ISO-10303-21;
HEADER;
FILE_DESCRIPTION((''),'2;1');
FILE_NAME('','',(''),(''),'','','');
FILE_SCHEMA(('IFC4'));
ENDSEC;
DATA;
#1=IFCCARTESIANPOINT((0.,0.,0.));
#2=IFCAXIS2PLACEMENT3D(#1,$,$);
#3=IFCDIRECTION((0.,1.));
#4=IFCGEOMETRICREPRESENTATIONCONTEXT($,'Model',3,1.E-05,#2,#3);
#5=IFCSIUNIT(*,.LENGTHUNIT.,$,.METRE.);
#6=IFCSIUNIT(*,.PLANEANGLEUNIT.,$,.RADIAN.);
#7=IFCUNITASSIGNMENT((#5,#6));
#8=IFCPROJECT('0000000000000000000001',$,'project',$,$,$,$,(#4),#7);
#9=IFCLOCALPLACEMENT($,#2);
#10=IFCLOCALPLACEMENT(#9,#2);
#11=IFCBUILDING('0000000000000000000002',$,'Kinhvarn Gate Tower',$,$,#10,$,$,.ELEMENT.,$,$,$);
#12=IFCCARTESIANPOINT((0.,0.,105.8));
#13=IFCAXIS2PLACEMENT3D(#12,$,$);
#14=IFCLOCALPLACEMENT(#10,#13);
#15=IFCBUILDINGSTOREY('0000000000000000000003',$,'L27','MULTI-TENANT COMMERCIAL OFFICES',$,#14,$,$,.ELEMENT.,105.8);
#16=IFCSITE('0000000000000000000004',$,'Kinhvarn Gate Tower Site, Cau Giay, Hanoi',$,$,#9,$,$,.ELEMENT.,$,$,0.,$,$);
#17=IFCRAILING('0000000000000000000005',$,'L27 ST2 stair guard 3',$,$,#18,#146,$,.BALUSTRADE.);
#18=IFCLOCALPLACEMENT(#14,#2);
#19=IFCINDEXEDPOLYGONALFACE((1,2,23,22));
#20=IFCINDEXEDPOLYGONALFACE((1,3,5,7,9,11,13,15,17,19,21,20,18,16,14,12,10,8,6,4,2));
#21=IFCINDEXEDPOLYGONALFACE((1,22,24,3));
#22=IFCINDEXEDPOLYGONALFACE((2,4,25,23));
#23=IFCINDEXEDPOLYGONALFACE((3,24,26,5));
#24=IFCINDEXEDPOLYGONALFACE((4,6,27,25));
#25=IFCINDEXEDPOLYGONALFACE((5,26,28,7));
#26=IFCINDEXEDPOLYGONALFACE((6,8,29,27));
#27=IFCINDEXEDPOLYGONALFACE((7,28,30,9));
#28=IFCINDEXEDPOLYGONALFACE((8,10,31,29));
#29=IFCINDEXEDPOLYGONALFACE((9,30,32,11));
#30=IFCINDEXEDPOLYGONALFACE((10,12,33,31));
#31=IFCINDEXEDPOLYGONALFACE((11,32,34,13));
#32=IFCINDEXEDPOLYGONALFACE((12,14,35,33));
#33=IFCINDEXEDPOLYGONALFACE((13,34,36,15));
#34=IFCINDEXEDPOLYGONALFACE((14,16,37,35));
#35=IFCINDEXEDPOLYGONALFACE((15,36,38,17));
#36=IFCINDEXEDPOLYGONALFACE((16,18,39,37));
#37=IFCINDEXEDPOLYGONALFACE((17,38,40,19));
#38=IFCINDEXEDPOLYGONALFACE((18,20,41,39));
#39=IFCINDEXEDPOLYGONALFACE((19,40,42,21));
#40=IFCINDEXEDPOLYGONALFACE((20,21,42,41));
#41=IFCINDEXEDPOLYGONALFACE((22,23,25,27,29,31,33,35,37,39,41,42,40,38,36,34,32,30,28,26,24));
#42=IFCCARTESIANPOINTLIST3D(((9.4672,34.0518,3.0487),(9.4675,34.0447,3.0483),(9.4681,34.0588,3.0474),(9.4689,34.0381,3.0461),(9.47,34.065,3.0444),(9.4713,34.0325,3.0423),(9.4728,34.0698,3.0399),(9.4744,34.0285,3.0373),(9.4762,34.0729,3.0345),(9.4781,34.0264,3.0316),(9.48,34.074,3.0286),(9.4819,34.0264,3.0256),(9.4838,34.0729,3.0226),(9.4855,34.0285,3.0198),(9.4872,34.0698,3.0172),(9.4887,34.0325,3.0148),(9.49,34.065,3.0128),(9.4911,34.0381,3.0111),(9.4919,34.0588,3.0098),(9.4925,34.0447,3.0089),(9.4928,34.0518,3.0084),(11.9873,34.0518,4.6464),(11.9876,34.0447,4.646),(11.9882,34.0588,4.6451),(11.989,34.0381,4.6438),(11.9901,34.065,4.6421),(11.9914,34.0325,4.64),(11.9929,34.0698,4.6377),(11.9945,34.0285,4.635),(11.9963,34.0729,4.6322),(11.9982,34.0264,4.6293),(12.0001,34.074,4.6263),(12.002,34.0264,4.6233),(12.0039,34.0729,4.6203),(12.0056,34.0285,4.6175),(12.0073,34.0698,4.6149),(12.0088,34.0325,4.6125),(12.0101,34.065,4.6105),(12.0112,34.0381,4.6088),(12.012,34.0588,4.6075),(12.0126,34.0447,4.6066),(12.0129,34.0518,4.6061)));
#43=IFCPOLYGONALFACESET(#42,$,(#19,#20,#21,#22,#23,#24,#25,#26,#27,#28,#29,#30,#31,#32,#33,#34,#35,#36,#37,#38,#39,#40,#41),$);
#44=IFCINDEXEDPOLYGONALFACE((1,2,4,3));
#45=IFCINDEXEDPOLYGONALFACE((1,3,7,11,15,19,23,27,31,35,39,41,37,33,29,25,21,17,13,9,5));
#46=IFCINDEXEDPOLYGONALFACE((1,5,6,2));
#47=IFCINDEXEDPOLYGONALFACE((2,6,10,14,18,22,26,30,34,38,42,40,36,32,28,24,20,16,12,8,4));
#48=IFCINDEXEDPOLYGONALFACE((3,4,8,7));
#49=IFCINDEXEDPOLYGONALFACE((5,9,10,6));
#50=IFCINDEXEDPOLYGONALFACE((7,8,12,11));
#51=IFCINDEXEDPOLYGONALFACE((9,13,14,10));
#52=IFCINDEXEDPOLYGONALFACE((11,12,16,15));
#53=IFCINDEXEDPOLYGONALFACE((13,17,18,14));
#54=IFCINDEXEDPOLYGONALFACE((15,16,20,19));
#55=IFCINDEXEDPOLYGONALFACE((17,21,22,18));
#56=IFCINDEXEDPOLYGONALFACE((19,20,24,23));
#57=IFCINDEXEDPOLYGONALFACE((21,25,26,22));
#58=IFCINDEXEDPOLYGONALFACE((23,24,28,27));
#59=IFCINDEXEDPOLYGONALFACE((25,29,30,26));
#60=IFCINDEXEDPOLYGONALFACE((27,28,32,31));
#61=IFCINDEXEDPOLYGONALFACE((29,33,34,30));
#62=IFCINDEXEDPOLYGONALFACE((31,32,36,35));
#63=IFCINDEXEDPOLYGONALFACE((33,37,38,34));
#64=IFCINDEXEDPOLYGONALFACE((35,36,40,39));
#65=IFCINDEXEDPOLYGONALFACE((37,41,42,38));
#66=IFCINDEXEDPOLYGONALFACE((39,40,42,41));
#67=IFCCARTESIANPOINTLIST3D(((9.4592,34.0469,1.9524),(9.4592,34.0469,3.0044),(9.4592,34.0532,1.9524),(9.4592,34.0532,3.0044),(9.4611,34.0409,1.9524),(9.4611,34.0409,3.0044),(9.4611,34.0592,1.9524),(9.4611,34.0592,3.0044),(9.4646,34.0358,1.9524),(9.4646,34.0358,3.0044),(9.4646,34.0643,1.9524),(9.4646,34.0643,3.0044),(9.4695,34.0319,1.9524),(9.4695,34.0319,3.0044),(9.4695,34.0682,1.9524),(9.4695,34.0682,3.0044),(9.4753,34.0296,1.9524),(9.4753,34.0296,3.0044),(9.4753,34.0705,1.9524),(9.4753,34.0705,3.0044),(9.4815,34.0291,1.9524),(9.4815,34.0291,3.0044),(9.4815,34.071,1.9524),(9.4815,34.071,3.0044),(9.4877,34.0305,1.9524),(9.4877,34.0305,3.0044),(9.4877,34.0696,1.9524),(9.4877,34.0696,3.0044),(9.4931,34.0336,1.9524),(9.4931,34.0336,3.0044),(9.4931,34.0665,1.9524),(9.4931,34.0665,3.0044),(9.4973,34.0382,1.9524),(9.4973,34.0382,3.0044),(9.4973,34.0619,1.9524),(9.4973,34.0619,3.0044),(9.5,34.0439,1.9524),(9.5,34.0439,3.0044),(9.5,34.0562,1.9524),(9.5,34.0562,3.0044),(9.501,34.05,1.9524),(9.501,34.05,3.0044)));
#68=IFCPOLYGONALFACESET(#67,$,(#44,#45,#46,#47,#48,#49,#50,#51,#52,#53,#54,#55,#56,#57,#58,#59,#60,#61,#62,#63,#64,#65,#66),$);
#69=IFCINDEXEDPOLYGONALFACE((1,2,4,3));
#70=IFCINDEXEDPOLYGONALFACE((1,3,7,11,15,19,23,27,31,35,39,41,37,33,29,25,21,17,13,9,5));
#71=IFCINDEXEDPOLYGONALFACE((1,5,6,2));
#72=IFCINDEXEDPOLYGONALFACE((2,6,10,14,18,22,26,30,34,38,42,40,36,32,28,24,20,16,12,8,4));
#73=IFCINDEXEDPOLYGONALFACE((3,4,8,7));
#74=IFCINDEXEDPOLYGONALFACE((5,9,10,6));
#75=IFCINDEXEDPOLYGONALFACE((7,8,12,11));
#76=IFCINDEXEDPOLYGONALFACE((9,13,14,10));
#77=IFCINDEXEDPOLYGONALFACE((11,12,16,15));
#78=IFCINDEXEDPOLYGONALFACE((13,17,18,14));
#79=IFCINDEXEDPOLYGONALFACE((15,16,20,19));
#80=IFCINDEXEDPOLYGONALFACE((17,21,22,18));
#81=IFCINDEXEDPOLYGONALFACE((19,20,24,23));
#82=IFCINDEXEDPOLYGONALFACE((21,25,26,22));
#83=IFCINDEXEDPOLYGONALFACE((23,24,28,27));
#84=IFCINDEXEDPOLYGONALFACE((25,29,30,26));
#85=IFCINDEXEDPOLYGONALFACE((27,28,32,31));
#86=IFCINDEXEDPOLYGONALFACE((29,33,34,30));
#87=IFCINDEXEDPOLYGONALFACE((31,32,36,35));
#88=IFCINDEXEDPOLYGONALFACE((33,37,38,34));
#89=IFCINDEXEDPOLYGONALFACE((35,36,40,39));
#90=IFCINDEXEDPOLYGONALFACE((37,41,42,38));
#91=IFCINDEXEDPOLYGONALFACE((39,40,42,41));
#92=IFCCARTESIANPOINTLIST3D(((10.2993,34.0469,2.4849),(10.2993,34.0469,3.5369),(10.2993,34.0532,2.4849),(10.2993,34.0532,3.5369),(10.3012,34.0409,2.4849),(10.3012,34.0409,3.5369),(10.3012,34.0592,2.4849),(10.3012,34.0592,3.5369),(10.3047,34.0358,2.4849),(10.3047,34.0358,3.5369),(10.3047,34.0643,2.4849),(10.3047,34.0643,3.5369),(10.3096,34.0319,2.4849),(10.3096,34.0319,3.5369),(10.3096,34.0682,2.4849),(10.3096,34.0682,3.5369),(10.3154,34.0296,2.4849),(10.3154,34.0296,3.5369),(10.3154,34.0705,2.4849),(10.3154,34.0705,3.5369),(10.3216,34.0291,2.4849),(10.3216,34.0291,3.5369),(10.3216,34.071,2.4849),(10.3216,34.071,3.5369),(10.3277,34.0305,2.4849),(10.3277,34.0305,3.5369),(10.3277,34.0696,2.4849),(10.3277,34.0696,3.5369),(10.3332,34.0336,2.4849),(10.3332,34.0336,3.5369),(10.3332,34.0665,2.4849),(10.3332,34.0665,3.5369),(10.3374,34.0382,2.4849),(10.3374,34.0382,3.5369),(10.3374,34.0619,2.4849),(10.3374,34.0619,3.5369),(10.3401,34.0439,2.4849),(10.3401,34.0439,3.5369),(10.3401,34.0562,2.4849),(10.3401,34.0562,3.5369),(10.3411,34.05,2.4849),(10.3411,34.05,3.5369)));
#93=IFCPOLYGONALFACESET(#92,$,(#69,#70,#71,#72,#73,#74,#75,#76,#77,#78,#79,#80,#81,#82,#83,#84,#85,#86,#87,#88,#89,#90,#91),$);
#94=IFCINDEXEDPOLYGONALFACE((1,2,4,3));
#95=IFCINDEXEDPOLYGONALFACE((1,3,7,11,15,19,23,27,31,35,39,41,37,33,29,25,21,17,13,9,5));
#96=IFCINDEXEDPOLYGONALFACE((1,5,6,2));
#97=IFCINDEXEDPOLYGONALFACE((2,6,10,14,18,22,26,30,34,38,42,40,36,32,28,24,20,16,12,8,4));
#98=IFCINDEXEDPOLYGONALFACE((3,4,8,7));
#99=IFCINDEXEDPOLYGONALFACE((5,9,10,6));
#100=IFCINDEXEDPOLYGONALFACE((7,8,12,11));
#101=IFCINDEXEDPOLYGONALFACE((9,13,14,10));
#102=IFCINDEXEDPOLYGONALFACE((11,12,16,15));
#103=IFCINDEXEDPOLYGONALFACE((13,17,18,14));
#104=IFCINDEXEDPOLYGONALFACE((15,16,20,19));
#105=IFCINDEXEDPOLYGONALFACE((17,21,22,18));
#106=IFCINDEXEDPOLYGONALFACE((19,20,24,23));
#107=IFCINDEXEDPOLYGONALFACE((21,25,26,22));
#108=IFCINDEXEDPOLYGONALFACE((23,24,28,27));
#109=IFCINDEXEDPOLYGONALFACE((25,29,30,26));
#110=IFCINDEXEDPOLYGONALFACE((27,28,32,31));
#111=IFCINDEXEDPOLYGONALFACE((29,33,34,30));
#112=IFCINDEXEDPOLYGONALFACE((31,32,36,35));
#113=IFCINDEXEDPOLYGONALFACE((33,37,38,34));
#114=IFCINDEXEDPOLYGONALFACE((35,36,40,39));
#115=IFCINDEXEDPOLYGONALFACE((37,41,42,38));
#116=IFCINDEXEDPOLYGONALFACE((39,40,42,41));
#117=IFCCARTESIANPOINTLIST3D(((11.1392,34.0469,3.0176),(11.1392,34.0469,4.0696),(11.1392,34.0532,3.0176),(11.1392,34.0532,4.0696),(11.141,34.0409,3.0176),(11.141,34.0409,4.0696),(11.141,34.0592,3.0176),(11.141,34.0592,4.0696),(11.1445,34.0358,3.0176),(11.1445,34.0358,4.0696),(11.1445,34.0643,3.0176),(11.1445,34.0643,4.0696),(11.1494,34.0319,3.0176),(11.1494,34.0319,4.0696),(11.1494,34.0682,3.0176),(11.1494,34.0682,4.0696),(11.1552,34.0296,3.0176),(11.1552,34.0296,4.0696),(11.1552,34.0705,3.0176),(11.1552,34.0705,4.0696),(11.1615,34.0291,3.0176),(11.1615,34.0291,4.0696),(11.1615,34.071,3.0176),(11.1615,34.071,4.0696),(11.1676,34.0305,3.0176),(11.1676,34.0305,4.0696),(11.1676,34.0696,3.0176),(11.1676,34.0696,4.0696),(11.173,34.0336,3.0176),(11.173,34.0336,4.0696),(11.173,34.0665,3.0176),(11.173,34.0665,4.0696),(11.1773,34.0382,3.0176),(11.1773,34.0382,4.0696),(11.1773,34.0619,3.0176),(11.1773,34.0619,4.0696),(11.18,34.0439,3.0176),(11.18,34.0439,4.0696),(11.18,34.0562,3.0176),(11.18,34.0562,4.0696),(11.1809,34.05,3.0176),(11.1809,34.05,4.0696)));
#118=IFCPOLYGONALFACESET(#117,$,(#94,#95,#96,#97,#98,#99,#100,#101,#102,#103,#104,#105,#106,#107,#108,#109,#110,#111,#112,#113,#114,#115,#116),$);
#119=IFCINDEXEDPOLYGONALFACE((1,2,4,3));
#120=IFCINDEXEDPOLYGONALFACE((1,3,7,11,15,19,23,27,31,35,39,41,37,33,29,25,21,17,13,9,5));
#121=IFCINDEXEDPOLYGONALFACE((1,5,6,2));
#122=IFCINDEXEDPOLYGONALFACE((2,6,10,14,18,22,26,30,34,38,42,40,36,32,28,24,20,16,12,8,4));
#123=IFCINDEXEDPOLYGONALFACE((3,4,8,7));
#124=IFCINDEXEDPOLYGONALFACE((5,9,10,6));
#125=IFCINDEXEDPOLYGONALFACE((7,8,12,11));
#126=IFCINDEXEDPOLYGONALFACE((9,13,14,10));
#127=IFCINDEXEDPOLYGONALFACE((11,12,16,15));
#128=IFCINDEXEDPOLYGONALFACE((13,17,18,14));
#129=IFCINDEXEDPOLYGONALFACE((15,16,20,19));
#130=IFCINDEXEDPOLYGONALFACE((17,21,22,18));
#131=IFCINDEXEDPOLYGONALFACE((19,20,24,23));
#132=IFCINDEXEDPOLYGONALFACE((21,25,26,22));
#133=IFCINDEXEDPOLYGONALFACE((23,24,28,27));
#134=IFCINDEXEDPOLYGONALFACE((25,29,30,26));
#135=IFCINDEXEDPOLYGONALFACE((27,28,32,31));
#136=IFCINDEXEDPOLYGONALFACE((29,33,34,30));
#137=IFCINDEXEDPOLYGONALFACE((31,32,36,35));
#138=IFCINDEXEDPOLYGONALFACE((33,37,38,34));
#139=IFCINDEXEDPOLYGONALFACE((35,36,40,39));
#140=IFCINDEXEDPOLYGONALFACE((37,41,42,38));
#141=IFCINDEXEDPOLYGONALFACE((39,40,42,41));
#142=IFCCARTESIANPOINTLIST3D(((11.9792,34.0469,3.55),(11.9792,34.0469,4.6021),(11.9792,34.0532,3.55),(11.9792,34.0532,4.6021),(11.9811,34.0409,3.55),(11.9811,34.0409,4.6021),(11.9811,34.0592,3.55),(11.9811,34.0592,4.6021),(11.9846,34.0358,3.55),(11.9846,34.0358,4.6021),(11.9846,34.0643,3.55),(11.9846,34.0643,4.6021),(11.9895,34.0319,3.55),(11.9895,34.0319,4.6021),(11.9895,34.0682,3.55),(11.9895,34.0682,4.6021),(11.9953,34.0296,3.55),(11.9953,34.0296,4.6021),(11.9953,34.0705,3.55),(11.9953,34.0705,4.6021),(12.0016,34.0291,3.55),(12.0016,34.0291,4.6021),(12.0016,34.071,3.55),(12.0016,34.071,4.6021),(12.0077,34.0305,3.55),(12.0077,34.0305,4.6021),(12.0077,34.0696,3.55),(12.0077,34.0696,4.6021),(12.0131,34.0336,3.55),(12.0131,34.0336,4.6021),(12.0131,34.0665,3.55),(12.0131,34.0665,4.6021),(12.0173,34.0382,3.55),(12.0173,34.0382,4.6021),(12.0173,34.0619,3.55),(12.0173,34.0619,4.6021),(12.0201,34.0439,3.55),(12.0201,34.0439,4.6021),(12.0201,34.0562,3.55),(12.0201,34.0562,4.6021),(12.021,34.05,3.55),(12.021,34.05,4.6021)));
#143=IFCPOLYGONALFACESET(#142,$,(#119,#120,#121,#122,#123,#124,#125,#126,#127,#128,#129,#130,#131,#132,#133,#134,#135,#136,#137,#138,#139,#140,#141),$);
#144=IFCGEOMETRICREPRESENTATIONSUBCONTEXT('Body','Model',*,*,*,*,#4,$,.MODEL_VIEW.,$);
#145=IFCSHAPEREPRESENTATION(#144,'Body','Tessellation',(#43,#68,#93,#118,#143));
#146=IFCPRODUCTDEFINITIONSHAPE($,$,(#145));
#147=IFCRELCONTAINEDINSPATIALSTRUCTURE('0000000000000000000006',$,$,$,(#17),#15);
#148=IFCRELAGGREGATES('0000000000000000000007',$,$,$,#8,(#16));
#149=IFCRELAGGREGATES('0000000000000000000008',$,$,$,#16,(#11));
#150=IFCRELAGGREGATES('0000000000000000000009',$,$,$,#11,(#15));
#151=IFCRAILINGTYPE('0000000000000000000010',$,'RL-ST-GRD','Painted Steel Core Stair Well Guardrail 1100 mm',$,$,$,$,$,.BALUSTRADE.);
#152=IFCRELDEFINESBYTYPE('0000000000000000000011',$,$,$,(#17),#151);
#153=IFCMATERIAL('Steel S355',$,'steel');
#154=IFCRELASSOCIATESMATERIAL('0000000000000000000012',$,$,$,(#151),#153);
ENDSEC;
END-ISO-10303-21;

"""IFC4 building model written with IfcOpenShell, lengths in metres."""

from ifc_helpers import new_model, si_unit, direction, frame, origin, origin_2d, place, context, subcontext, project, spatial, circle, extrude, material, type_object, element, save


model = new_model("IFC4")

# Units and contexts
model_context = context("Model", 3, precision=1e-05, world=origin(), true_north=direction((0.0, 1.0)))
body_context = subcontext(model_context, "Body", "Model", "MODEL_VIEW")
ifc_project = project(units=[si_unit("LENGTHUNIT", "METRE"), si_unit("PLANEANGLEUNIT", "RADIAN")], contexts=[model_context])

# Site, building, storey
site_placement = place(None, origin())
site = spatial("IfcSite", under=ifc_project, at=site_placement, Name="Kinhvarn Gate Tower Site, Cau Giay, Hanoi", CompositionType="ELEMENT", RefElevation=0.0)
building_placement = place(site_placement, origin())
building = spatial("IfcBuilding", under=site, at=building_placement, Name="Kinhvarn Gate Tower", CompositionType="ELEMENT")
storey_placement = place(building_placement, frame((0.0, 0.0, 105.8)))
storey = spatial("IfcBuildingStorey", under=building, at=storey_placement, Name="L27", Description="MULTI-TENANT COMMERCIAL OFFICES", CompositionType="ELEMENT", Elevation=105.8)

# Shared definitions
ifc_material_1 = material(Name="Steel S355", Category="steel")

# Railing
railing_type_1 = type_object("IfcRailingType", Name="RL-ST-GRD", Description="Painted Steel Core Stair Well Guardrail 1100 mm", PredefinedType="BALUSTRADE", material=ifc_material_1)
railing_1_placement = place(storey_placement, frame((9.48, 34.05, 1.9524)))
element("IfcRailing", 1, at=railing_1_placement, inside=storey, type_object=railing_type_1, Name="L27 ST2 stair guard 3", PredefinedType="BALUSTRADE", context=body_context, shape_type="SweptSolid", body=[
    extrude(circle(Radius=0.0239, at=origin_2d()), frame((0.0, 0.0, 1.0762), z_axis=(0.84457, 0.0, 0.535445), x_axis=(0.0, 1.0, 0.0)), (0.0, 0.0, 1.0), 2.9839),
    extrude(circle(Radius=0.021, at=origin_2d()), origin(), (0.0, 0.0, 1.0), 1.052),
    extrude(circle(Radius=0.021, at=origin_2d()), frame((0.8401, 0.0, 0.5325)), (0.0, 0.0, 1.0), 1.052),
    extrude(circle(Radius=0.021, at=origin_2d()), frame((1.6799, 0.0, 1.0652)), (0.0, 0.0, 1.0), 1.052),
    extrude(circle(Radius=0.021, at=origin_2d()), frame((2.52, 0.0, 1.5977)), (0.0, 0.0, 1.0), 1.052),
])

save(model, "model.ifc")
